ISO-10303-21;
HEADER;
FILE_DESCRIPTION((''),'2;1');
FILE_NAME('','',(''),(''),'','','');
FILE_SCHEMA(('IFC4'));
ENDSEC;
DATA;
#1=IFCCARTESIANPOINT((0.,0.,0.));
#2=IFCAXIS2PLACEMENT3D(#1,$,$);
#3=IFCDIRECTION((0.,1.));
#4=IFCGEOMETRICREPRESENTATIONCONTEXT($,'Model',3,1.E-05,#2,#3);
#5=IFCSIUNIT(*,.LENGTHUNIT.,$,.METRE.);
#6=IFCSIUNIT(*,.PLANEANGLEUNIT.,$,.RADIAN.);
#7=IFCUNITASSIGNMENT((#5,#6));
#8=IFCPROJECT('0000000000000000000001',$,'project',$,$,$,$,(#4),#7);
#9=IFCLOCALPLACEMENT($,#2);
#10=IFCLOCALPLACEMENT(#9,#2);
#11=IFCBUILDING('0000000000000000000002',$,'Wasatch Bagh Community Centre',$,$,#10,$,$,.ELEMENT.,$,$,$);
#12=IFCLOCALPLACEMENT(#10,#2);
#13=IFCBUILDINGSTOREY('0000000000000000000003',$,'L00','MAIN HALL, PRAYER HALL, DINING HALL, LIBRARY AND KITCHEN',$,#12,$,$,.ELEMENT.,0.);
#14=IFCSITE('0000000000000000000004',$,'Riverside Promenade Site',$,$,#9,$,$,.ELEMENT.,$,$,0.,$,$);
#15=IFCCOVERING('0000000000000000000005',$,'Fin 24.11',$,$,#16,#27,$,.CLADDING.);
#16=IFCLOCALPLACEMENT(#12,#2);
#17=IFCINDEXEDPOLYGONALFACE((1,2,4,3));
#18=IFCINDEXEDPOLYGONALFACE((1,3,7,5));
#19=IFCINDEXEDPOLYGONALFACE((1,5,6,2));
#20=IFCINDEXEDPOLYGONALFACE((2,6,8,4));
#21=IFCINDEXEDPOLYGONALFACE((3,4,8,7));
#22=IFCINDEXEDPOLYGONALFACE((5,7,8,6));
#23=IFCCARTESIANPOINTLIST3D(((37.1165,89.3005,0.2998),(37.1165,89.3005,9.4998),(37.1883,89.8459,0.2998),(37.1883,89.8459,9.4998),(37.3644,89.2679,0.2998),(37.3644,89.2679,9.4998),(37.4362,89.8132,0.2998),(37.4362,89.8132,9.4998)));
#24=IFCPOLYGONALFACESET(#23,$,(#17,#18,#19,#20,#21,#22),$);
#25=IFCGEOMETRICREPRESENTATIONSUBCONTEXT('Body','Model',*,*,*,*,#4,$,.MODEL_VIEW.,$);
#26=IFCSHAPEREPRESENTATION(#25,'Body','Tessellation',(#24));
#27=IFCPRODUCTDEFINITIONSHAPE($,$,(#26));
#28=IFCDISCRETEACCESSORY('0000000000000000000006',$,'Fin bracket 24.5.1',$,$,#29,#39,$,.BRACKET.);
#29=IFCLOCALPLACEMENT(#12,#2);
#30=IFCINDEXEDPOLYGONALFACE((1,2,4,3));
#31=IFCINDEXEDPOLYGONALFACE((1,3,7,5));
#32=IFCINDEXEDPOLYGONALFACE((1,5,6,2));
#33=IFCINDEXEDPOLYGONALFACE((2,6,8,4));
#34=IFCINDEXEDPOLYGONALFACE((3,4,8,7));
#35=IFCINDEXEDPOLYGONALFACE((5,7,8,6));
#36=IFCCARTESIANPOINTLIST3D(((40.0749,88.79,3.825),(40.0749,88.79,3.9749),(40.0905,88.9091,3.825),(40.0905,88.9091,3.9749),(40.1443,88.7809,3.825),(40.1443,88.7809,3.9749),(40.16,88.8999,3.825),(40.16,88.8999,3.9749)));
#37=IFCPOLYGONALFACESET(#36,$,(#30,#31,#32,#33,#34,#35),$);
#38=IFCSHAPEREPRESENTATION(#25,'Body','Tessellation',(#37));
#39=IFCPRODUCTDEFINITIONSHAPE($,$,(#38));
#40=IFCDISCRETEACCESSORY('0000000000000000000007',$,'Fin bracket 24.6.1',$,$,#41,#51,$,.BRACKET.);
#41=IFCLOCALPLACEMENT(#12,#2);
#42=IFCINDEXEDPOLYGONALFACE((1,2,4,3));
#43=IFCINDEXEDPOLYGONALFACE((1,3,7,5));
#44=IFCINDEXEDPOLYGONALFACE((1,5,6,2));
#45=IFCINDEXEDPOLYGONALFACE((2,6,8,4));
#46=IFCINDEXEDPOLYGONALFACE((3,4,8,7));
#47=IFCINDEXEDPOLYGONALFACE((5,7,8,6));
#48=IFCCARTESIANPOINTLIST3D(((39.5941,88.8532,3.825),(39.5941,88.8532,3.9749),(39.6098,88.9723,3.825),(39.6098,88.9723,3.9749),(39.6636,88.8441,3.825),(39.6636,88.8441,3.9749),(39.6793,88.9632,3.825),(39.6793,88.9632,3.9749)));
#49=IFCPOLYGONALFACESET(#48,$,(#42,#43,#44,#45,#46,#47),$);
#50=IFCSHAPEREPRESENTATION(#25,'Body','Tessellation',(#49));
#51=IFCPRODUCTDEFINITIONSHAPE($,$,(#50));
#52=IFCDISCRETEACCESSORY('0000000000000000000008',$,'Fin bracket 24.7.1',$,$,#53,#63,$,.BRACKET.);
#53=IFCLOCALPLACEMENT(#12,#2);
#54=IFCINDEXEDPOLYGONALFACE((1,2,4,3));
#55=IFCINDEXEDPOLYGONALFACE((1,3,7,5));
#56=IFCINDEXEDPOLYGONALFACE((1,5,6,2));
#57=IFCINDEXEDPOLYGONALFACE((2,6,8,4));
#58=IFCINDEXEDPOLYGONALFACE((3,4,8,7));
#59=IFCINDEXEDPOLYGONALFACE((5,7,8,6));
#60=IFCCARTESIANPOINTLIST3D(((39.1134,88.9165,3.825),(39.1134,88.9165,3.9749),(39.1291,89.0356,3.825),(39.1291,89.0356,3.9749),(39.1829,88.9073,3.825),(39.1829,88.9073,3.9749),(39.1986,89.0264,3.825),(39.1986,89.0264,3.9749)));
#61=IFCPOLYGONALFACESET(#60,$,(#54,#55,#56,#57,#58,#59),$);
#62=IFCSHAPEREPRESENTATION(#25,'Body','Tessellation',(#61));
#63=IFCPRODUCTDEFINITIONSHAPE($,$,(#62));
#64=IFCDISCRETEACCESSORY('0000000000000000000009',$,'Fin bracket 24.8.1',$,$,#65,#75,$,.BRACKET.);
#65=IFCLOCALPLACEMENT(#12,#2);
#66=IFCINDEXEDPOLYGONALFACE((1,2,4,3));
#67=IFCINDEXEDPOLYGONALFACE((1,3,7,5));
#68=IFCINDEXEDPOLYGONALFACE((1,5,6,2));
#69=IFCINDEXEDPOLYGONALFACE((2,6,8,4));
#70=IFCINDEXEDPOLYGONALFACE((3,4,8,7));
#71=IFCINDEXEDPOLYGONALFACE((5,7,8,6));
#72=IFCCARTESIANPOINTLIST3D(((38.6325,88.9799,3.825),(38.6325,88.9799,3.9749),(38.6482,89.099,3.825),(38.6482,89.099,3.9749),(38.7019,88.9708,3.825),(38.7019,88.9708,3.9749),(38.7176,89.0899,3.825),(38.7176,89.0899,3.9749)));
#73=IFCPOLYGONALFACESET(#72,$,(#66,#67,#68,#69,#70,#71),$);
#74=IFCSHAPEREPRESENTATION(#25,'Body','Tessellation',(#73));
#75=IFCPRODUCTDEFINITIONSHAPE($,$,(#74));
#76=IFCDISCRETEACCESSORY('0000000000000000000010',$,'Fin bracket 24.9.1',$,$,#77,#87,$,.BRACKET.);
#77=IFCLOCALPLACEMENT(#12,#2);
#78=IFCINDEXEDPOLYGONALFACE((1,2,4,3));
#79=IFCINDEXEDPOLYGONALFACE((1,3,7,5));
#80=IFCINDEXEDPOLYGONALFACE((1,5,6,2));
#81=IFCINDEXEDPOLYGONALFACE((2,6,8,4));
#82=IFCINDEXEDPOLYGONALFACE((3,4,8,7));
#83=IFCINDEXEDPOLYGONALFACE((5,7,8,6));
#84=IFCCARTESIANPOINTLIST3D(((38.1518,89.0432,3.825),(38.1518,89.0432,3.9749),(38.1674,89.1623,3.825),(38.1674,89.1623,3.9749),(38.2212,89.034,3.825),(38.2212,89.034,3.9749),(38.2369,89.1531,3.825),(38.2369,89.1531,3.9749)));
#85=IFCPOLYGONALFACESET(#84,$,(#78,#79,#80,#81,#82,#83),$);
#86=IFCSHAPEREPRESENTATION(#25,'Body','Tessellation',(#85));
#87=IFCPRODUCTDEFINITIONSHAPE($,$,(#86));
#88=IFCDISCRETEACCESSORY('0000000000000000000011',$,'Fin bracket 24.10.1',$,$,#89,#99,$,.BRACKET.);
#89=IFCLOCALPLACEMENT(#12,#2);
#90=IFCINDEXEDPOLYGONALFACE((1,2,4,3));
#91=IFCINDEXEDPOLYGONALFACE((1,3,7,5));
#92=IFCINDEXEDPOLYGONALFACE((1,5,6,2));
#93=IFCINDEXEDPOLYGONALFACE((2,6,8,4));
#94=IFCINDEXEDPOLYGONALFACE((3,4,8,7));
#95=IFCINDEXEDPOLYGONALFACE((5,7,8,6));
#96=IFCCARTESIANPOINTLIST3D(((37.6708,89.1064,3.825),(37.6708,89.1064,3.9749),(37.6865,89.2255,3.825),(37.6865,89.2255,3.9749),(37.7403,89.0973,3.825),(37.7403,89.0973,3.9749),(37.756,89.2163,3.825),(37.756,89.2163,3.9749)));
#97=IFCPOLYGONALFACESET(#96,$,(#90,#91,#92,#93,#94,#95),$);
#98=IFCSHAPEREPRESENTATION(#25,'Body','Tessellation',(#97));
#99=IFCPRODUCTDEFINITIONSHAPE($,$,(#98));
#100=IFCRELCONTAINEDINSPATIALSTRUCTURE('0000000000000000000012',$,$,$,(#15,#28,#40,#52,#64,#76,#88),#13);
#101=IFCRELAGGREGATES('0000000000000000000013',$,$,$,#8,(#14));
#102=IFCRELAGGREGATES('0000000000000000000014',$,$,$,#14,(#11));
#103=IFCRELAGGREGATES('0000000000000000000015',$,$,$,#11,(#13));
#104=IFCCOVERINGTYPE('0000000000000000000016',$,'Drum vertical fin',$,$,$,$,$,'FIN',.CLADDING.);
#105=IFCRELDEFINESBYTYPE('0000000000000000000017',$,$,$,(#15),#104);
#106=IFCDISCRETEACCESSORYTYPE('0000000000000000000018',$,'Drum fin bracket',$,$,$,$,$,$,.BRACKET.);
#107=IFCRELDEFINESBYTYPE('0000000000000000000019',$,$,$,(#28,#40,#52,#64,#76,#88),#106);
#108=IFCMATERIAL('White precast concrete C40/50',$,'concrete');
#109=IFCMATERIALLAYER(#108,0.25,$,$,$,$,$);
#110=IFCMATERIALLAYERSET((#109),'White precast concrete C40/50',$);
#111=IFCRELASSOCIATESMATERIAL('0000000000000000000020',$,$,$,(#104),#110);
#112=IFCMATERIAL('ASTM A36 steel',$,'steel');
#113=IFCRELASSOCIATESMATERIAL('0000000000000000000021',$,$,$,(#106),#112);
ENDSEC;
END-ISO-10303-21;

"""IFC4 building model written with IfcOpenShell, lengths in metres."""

from ifc_helpers import new_model, si_unit, direction, frame, origin, origin_2d, place, context, subcontext, project, spatial, rectangle, extrude, material, layer, layer_set, type_object, element, save


model = new_model("IFC4")

# Units and contexts
model_context = context("Model", 3, precision=1e-05, world=origin(), true_north=direction((0.0, 1.0)))
body_context = subcontext(model_context, "Body", "Model", "MODEL_VIEW")
ifc_project = project(units=[si_unit("LENGTHUNIT", "METRE"), si_unit("PLANEANGLEUNIT", "RADIAN")], contexts=[model_context])

# Site, building, storey
site_placement = place(None, origin())
site = spatial("IfcSite", under=ifc_project, at=site_placement, Name="Riverside Promenade Site", CompositionType="ELEMENT", RefElevation=0.0)
building_placement = place(site_placement, origin())
building = spatial("IfcBuilding", under=site, at=building_placement, Name="Wasatch Bagh Community Centre", CompositionType="ELEMENT")
storey_placement = place(building_placement, origin())
storey = spatial("IfcBuildingStorey", under=building, at=storey_placement, Name="L00", Description="MAIN HALL, PRAYER HALL, DINING HALL, LIBRARY AND KITCHEN", CompositionType="ELEMENT", Elevation=0.0)

# Covering
ifc_material_1 = material(Name="White precast concrete C40/50", Category="concrete")
ifc_layer_1 = layer(ifc_material_1, 0.25)
ifc_layer_set_1 = layer_set([ifc_layer_1], Name="White precast concrete C40/50")
covering_type = type_object("IfcCoveringType", Name="Drum vertical fin", ElementType="FIN", PredefinedType="CLADDING", material=ifc_layer_set_1)
for number, where, z_axis, x_axis, name in (
    (1, (37.2764, 89.5569, 0.2998), (0.0, 0.0, 1.0), (-0.991445, 0.130526, 0.0), "Fin 24.11"),
):
    element("IfcCovering", number, at=place(storey_placement, frame(where, z_axis=z_axis, x_axis=x_axis)), inside=storey, type_object=covering_type, Name=name, PredefinedType="CLADDING", context=body_context, shape_type="SweptSolid", body=[
        extrude(rectangle(XDim=0.25, YDim=0.55, at=origin_2d()), origin(), (0.0, 0.0, 1.0), 9.2),
    ])

# Discrete accessories
ifc_material_2 = material(Name="ASTM A36 steel", Category="steel")
discrete_accessory_type = type_object("IfcDiscreteAccessoryType", Name="Drum fin bracket", PredefinedType="BRACKET", material=ifc_material_2)
for number, where, z_axis, x_axis, name in (
    (2, (40.1174, 88.845, 3.825), (0.0, 0.0, 1.0), (-0.991445, 0.130526, 0.0), "Fin bracket 24.5.1"),
    (3, (39.6367, 88.9082, 3.825), (0.0, 0.0, 1.0), (-0.991445, 0.130526, 0.0), "Fin bracket 24.6.1"),
    (4, (39.156, 88.9714, 3.825), (0.0, 0.0, 1.0), (-0.991445, 0.130526, 0.0), "Fin bracket 24.7.1"),
    (5, (38.675, 89.0349, 3.825), (0.0, 0.0, 1.0), (-0.991445, 0.130526, 0.0), "Fin bracket 24.8.1"),
    (6, (38.1943, 89.0981, 3.825), (0.0, 0.0, 1.0), (-0.991445, 0.130526, 0.0), "Fin bracket 24.9.1"),
    (7, (37.7134, 89.1614, 3.825), (0.0, 0.0, 1.0), (-0.991445, 0.130526, 0.0), "Fin bracket 24.10.1"),
):
    element("IfcDiscreteAccessory", number, at=place(storey_placement, frame(where, z_axis=z_axis, x_axis=x_axis)), inside=storey, type_object=discrete_accessory_type, Name=name, PredefinedType="BRACKET", context=body_context, shape_type="SweptSolid", body=[
        extrude(rectangle(XDim=0.0701, YDim=0.1201, at=origin_2d()), origin(), (0.0, 0.0, 1.0), 0.1499),
    ])

save(model, "model.ifc")
